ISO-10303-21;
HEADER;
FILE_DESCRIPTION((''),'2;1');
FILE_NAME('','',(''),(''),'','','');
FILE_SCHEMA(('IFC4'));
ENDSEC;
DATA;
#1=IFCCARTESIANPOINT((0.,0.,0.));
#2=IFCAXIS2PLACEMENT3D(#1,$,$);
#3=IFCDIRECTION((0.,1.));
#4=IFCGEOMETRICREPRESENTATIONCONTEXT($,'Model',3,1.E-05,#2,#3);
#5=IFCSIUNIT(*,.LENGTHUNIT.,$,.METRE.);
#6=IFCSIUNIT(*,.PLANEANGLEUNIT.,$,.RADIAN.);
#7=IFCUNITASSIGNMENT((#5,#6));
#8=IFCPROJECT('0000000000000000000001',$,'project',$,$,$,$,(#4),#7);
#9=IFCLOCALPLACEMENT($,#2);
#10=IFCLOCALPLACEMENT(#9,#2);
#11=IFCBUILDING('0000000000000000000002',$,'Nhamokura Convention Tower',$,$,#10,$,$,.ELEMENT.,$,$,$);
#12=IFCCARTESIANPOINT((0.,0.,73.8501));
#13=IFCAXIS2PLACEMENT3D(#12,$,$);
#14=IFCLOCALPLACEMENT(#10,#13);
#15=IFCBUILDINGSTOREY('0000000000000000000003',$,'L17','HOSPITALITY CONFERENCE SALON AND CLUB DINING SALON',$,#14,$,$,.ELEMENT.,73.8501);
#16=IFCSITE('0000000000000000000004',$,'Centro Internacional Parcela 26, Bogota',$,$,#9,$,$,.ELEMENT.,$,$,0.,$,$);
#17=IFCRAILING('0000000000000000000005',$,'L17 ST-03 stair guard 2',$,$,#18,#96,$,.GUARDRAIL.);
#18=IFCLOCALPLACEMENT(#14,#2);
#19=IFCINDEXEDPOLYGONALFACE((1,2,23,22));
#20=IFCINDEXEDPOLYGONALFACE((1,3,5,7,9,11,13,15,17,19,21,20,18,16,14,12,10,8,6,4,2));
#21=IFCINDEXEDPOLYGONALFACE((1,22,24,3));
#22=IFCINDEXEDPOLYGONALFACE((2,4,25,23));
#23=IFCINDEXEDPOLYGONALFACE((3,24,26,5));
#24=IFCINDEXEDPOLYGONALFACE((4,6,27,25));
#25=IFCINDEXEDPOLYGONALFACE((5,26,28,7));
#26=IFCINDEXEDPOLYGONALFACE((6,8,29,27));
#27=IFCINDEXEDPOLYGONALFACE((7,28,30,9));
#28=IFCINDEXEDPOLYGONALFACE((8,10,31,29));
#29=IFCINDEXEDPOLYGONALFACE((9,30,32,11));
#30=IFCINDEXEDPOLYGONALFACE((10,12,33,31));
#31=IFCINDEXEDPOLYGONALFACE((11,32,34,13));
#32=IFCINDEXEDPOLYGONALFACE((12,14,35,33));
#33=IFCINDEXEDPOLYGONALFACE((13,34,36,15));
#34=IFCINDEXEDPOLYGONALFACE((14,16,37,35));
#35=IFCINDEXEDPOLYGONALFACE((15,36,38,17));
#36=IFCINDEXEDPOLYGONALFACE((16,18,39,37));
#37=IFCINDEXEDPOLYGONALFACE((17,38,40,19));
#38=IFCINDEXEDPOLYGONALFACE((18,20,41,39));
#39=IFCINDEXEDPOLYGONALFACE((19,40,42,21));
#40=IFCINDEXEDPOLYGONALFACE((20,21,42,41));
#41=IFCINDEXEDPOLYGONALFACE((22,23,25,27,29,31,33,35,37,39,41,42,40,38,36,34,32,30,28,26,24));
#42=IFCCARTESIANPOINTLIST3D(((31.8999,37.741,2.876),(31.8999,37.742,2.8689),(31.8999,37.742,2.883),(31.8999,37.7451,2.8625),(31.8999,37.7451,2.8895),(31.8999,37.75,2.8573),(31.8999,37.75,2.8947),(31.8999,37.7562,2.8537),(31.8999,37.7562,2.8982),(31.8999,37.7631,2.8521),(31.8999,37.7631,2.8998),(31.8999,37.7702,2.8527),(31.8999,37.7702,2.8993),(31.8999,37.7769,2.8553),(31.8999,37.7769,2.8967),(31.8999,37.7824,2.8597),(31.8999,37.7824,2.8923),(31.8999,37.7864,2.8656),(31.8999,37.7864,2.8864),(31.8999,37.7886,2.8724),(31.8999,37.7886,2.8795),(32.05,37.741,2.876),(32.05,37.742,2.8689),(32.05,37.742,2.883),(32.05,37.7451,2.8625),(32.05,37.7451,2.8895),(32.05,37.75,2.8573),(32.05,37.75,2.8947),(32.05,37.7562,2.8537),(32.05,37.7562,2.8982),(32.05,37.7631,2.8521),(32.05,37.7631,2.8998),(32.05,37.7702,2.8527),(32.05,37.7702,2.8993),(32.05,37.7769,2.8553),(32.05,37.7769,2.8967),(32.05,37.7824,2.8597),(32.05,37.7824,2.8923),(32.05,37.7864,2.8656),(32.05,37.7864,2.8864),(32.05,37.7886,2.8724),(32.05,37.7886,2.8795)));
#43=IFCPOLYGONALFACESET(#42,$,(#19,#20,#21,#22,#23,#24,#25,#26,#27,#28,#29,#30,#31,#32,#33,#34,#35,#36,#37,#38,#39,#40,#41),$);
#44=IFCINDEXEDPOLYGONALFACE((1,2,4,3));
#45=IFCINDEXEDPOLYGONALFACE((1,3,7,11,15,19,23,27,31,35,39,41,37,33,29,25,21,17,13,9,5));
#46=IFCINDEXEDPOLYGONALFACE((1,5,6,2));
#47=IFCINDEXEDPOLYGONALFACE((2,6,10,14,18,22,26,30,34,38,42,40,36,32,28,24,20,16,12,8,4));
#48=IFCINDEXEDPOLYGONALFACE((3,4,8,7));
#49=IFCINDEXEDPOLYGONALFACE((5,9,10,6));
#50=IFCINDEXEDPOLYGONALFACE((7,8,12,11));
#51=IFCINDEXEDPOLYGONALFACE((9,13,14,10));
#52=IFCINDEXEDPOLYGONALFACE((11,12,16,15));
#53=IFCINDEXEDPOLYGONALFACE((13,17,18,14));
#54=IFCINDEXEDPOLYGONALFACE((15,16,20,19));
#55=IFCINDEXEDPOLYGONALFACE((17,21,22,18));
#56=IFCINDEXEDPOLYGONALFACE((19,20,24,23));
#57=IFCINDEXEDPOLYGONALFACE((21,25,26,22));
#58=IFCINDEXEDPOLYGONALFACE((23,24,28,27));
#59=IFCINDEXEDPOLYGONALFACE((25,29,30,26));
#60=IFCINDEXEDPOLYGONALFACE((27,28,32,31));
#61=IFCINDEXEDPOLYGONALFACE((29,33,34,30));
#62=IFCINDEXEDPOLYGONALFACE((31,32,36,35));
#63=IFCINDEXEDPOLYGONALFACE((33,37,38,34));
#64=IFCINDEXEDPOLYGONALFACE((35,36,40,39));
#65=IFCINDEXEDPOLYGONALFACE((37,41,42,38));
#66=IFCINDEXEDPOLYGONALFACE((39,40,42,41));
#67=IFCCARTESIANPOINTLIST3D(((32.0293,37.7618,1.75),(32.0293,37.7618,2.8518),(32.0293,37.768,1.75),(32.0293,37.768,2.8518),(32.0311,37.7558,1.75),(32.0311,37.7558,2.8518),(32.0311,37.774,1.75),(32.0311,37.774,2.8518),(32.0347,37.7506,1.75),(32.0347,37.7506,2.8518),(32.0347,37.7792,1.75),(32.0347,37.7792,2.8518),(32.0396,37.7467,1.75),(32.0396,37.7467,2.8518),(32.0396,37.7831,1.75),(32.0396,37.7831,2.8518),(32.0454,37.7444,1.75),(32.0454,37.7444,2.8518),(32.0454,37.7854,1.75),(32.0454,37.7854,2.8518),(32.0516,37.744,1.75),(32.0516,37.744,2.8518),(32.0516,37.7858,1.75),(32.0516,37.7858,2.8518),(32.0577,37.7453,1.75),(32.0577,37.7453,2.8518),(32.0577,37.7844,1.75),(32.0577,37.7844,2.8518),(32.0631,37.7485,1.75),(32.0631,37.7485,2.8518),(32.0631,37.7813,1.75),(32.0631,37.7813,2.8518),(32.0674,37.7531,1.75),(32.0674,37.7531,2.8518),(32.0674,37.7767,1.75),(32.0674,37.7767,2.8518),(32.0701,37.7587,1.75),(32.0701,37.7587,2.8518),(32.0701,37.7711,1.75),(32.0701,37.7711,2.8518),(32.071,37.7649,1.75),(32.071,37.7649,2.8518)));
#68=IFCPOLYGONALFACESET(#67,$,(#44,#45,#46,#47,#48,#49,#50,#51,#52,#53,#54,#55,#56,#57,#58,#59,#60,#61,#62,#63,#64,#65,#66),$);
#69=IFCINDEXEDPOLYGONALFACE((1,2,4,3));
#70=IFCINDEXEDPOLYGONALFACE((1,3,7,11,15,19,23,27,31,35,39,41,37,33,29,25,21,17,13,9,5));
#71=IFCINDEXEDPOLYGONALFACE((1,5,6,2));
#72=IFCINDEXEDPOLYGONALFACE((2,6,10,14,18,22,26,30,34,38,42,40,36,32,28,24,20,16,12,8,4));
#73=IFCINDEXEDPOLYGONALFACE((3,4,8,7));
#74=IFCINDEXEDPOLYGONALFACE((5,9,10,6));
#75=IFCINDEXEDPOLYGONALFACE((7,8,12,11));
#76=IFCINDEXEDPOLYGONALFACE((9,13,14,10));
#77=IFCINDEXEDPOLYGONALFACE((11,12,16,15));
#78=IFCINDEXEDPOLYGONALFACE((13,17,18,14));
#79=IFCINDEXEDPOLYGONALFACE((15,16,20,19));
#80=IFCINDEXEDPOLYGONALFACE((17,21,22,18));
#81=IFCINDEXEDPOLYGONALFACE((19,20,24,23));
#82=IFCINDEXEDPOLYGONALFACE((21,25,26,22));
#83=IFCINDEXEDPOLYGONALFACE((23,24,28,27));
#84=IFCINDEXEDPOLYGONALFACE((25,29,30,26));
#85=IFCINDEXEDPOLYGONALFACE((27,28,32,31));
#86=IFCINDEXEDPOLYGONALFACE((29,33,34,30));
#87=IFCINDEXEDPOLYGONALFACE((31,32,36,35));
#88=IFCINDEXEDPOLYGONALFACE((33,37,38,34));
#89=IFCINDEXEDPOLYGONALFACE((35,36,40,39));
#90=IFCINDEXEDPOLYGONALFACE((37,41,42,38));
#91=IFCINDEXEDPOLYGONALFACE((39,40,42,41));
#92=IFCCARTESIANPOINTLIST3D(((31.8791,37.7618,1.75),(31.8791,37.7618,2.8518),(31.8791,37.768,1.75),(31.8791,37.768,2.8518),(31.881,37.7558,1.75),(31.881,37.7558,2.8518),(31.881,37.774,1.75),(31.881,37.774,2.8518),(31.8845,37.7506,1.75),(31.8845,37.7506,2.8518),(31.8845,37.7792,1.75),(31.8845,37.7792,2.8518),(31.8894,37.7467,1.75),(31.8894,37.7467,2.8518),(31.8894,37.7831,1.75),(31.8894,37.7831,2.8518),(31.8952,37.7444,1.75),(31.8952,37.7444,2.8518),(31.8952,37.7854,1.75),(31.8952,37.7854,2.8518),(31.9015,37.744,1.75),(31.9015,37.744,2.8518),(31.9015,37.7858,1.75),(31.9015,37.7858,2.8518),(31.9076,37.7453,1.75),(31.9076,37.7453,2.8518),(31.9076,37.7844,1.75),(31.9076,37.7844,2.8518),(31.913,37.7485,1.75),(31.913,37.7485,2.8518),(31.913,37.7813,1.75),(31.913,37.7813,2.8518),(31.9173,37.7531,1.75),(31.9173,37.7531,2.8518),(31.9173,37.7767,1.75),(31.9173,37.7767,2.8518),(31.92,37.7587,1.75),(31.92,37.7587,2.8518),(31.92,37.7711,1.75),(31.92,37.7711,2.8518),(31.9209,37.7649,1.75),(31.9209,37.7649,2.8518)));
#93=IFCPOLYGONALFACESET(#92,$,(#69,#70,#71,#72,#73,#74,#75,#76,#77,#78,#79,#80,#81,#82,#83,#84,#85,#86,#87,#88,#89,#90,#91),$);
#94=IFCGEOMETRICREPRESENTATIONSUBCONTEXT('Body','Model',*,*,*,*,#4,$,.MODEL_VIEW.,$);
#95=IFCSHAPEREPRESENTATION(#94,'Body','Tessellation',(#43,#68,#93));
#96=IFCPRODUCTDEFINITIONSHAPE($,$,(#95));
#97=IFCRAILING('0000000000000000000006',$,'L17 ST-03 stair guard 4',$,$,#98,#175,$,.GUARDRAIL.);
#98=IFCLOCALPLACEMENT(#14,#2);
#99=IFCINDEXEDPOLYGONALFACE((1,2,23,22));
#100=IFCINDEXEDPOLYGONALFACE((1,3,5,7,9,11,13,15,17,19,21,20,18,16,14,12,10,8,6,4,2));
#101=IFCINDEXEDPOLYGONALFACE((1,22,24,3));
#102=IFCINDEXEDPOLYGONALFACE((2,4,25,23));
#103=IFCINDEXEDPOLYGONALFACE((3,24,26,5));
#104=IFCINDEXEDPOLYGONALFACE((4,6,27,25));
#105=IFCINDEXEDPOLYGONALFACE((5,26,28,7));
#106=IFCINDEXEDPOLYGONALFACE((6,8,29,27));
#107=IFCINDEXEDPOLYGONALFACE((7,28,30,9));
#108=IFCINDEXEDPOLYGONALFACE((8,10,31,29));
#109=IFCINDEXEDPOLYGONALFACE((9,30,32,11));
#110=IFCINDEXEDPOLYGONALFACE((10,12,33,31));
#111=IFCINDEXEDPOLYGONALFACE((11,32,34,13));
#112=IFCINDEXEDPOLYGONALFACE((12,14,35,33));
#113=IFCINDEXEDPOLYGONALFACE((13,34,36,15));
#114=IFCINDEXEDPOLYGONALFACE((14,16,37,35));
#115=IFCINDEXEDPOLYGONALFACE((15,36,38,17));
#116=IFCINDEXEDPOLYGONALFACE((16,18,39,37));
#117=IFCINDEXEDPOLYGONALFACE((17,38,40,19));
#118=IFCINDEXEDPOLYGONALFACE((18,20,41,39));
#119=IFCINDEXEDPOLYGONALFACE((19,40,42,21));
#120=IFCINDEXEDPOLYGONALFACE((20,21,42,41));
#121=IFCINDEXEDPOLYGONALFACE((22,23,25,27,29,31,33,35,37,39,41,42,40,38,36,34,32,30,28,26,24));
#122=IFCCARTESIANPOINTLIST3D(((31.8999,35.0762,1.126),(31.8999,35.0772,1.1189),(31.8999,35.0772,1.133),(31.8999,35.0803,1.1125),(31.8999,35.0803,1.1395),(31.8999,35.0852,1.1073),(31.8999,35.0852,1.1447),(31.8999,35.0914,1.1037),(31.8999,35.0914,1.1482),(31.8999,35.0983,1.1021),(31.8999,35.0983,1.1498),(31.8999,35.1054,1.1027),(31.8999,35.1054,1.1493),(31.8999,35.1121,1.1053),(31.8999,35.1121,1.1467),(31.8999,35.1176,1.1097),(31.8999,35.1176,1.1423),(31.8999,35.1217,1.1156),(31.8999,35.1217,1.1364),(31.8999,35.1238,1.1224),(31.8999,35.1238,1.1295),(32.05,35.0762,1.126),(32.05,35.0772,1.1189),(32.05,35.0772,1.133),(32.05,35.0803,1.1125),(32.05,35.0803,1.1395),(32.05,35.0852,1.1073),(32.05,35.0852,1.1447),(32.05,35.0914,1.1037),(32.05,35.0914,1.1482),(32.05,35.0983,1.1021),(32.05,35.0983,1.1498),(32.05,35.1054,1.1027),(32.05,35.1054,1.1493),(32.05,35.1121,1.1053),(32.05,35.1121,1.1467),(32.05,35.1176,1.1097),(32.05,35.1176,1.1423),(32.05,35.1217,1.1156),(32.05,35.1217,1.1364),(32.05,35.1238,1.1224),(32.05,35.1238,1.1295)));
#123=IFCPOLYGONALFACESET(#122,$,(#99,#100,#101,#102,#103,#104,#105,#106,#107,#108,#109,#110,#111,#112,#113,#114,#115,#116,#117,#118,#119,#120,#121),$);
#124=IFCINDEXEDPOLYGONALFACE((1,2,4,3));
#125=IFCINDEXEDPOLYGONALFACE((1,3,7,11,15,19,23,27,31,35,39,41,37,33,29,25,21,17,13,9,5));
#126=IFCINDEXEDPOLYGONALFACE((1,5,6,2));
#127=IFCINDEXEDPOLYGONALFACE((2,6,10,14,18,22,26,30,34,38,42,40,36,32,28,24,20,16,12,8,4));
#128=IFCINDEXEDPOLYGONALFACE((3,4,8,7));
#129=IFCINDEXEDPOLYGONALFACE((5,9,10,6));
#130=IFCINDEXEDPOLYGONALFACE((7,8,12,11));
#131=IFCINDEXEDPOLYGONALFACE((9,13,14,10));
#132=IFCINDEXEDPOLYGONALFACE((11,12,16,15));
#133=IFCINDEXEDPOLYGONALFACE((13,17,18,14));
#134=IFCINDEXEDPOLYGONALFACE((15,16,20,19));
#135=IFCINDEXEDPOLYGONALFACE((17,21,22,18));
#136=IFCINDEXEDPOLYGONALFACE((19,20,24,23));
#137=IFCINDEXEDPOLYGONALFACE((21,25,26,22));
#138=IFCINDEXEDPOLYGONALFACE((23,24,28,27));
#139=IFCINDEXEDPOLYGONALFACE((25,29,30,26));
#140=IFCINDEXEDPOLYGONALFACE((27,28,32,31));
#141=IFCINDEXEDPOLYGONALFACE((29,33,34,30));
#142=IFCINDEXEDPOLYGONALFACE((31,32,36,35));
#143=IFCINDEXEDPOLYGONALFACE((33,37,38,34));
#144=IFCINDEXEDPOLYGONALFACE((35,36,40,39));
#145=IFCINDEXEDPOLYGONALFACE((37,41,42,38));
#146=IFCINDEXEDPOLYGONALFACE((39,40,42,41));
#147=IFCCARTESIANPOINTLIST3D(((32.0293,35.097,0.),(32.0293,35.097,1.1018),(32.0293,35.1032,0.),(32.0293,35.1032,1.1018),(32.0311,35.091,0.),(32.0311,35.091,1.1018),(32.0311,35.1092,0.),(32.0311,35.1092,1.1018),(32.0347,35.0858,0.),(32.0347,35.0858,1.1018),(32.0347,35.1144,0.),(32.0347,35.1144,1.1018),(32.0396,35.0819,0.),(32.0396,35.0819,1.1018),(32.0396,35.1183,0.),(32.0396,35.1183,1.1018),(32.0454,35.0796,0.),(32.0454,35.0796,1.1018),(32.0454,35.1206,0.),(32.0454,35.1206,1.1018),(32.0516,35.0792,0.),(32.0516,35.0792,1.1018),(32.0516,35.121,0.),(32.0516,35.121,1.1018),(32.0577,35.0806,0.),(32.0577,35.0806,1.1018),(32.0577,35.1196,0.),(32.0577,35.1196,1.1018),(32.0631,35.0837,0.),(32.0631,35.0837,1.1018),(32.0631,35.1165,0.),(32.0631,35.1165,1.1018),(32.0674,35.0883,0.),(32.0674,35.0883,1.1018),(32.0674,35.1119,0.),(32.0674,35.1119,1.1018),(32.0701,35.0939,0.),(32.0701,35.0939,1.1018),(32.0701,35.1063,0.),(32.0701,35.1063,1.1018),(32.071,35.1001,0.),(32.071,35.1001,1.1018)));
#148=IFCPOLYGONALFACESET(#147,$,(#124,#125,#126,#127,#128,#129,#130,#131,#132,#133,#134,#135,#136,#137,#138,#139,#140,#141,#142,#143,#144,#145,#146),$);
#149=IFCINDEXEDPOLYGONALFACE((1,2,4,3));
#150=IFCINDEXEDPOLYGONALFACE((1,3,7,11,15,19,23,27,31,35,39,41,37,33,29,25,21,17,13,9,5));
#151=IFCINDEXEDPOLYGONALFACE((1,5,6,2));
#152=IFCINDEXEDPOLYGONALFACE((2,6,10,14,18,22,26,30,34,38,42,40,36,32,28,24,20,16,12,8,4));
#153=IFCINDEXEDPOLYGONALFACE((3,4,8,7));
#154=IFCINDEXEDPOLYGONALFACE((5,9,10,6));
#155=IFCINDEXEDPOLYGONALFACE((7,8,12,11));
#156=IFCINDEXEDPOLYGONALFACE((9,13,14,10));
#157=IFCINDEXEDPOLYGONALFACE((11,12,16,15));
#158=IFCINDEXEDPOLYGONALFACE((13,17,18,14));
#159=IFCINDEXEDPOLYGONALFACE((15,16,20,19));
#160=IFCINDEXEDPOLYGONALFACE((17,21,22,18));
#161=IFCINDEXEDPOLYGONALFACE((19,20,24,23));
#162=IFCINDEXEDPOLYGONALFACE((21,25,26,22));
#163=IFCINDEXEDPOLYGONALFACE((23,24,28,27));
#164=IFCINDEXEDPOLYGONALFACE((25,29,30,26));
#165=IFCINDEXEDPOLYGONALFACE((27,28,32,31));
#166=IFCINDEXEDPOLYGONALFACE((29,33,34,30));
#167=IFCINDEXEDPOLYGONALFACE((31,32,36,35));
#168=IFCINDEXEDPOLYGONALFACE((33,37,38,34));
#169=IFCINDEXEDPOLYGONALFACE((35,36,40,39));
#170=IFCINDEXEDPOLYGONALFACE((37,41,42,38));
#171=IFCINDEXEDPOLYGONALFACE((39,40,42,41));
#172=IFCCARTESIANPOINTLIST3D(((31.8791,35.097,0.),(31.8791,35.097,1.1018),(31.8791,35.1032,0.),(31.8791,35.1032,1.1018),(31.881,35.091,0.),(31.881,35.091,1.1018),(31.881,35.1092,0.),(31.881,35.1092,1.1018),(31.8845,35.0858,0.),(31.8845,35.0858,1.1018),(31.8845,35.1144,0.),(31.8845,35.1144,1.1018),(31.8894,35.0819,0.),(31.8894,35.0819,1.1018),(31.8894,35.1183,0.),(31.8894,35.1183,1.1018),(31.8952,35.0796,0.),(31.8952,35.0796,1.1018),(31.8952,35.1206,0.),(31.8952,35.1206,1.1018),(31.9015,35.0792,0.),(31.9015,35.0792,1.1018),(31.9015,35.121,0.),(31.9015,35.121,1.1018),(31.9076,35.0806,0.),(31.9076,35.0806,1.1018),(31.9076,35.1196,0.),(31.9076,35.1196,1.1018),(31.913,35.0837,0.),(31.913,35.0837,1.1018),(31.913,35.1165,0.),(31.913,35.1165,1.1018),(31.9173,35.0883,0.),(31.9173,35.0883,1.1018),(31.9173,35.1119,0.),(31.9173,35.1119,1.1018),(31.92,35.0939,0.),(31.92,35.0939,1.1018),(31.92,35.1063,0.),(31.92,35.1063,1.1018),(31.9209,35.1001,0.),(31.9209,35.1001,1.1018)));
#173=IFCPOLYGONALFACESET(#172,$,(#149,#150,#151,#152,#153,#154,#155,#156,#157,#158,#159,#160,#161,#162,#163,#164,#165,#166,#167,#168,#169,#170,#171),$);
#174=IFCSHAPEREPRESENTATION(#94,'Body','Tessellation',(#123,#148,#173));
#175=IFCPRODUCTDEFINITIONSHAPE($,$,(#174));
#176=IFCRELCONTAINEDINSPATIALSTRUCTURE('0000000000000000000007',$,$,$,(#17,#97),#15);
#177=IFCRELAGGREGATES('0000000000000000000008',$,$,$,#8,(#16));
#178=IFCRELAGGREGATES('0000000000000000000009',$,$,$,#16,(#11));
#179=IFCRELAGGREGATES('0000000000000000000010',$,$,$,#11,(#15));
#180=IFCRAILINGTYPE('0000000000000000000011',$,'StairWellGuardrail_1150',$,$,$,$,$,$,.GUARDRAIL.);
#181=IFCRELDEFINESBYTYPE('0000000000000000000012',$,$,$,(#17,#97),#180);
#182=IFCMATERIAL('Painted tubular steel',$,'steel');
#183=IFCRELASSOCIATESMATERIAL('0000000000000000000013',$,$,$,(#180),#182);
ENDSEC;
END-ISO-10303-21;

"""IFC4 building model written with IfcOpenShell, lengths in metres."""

from ifc_helpers import new_model, si_unit, direction, frame, origin, origin_2d, place, context, subcontext, project, spatial, circle, extrude, material, type_object, element, save


model = new_model("IFC4")

# Units and contexts
model_context = context("Model", 3, precision=1e-05, world=origin(), true_north=direction((0.0, 1.0)))
body_context = subcontext(model_context, "Body", "Model", "MODEL_VIEW")
ifc_project = project(units=[si_unit("LENGTHUNIT", "METRE"), si_unit("PLANEANGLEUNIT", "RADIAN")], contexts=[model_context])

# Site, building, storey
site_placement = place(None, origin())
site = spatial("IfcSite", under=ifc_project, at=site_placement, Name="Centro Internacional Parcela 26, Bogota", CompositionType="ELEMENT", RefElevation=0.0)
building_placement = place(site_placement, origin())
building = spatial("IfcBuilding", under=site, at=building_placement, Name="Nhamokura Convention Tower", CompositionType="ELEMENT")
storey_placement = place(building_placement, frame((0.0, 0.0, 73.8501)))
storey = spatial("IfcBuildingStorey", under=building, at=storey_placement, Name="L17", Description="HOSPITALITY CONFERENCE SALON AND CLUB DINING SALON", CompositionType="ELEMENT", Elevation=73.8501)

# Railings
ifc_material_1 = material(Name="Painted tubular steel", Category="steel")
railing_type_1 = type_object("IfcRailingType", Name="StairWellGuardrail_1150", PredefinedType="GUARDRAIL", material=ifc_material_1)
for number, where, name in (
    (1, (32.05, 37.7649, 1.75), "L17 ST-03 stair guard 2"),
    (2, (32.05, 35.1001, 0.0), "L17 ST-03 stair guard 4"),
):
    element("IfcRailing", number, at=place(storey_placement, frame(where)), inside=storey, type_object=railing_type_1, Name=name, PredefinedType="GUARDRAIL", context=body_context, shape_type="SweptSolid", body=[
        extrude(circle(Radius=0.0239, at=origin_2d()), frame((0.0, 0.0, 1.126), z_axis=(-1.0, 0.0, 0.0), x_axis=(0.0, -1.0, 0.0)), (0.0, 0.0, 1.0), 0.1501),
        extrude(circle(Radius=0.021, at=origin_2d()), origin(), (0.0, 0.0, 1.0), 1.1018),
        extrude(circle(Radius=0.021, at=origin_2d()), frame((-0.1501, 0.0, 0.0)), (0.0, 0.0, 1.0), 1.1018),
    ])

save(model, "model.ifc")
